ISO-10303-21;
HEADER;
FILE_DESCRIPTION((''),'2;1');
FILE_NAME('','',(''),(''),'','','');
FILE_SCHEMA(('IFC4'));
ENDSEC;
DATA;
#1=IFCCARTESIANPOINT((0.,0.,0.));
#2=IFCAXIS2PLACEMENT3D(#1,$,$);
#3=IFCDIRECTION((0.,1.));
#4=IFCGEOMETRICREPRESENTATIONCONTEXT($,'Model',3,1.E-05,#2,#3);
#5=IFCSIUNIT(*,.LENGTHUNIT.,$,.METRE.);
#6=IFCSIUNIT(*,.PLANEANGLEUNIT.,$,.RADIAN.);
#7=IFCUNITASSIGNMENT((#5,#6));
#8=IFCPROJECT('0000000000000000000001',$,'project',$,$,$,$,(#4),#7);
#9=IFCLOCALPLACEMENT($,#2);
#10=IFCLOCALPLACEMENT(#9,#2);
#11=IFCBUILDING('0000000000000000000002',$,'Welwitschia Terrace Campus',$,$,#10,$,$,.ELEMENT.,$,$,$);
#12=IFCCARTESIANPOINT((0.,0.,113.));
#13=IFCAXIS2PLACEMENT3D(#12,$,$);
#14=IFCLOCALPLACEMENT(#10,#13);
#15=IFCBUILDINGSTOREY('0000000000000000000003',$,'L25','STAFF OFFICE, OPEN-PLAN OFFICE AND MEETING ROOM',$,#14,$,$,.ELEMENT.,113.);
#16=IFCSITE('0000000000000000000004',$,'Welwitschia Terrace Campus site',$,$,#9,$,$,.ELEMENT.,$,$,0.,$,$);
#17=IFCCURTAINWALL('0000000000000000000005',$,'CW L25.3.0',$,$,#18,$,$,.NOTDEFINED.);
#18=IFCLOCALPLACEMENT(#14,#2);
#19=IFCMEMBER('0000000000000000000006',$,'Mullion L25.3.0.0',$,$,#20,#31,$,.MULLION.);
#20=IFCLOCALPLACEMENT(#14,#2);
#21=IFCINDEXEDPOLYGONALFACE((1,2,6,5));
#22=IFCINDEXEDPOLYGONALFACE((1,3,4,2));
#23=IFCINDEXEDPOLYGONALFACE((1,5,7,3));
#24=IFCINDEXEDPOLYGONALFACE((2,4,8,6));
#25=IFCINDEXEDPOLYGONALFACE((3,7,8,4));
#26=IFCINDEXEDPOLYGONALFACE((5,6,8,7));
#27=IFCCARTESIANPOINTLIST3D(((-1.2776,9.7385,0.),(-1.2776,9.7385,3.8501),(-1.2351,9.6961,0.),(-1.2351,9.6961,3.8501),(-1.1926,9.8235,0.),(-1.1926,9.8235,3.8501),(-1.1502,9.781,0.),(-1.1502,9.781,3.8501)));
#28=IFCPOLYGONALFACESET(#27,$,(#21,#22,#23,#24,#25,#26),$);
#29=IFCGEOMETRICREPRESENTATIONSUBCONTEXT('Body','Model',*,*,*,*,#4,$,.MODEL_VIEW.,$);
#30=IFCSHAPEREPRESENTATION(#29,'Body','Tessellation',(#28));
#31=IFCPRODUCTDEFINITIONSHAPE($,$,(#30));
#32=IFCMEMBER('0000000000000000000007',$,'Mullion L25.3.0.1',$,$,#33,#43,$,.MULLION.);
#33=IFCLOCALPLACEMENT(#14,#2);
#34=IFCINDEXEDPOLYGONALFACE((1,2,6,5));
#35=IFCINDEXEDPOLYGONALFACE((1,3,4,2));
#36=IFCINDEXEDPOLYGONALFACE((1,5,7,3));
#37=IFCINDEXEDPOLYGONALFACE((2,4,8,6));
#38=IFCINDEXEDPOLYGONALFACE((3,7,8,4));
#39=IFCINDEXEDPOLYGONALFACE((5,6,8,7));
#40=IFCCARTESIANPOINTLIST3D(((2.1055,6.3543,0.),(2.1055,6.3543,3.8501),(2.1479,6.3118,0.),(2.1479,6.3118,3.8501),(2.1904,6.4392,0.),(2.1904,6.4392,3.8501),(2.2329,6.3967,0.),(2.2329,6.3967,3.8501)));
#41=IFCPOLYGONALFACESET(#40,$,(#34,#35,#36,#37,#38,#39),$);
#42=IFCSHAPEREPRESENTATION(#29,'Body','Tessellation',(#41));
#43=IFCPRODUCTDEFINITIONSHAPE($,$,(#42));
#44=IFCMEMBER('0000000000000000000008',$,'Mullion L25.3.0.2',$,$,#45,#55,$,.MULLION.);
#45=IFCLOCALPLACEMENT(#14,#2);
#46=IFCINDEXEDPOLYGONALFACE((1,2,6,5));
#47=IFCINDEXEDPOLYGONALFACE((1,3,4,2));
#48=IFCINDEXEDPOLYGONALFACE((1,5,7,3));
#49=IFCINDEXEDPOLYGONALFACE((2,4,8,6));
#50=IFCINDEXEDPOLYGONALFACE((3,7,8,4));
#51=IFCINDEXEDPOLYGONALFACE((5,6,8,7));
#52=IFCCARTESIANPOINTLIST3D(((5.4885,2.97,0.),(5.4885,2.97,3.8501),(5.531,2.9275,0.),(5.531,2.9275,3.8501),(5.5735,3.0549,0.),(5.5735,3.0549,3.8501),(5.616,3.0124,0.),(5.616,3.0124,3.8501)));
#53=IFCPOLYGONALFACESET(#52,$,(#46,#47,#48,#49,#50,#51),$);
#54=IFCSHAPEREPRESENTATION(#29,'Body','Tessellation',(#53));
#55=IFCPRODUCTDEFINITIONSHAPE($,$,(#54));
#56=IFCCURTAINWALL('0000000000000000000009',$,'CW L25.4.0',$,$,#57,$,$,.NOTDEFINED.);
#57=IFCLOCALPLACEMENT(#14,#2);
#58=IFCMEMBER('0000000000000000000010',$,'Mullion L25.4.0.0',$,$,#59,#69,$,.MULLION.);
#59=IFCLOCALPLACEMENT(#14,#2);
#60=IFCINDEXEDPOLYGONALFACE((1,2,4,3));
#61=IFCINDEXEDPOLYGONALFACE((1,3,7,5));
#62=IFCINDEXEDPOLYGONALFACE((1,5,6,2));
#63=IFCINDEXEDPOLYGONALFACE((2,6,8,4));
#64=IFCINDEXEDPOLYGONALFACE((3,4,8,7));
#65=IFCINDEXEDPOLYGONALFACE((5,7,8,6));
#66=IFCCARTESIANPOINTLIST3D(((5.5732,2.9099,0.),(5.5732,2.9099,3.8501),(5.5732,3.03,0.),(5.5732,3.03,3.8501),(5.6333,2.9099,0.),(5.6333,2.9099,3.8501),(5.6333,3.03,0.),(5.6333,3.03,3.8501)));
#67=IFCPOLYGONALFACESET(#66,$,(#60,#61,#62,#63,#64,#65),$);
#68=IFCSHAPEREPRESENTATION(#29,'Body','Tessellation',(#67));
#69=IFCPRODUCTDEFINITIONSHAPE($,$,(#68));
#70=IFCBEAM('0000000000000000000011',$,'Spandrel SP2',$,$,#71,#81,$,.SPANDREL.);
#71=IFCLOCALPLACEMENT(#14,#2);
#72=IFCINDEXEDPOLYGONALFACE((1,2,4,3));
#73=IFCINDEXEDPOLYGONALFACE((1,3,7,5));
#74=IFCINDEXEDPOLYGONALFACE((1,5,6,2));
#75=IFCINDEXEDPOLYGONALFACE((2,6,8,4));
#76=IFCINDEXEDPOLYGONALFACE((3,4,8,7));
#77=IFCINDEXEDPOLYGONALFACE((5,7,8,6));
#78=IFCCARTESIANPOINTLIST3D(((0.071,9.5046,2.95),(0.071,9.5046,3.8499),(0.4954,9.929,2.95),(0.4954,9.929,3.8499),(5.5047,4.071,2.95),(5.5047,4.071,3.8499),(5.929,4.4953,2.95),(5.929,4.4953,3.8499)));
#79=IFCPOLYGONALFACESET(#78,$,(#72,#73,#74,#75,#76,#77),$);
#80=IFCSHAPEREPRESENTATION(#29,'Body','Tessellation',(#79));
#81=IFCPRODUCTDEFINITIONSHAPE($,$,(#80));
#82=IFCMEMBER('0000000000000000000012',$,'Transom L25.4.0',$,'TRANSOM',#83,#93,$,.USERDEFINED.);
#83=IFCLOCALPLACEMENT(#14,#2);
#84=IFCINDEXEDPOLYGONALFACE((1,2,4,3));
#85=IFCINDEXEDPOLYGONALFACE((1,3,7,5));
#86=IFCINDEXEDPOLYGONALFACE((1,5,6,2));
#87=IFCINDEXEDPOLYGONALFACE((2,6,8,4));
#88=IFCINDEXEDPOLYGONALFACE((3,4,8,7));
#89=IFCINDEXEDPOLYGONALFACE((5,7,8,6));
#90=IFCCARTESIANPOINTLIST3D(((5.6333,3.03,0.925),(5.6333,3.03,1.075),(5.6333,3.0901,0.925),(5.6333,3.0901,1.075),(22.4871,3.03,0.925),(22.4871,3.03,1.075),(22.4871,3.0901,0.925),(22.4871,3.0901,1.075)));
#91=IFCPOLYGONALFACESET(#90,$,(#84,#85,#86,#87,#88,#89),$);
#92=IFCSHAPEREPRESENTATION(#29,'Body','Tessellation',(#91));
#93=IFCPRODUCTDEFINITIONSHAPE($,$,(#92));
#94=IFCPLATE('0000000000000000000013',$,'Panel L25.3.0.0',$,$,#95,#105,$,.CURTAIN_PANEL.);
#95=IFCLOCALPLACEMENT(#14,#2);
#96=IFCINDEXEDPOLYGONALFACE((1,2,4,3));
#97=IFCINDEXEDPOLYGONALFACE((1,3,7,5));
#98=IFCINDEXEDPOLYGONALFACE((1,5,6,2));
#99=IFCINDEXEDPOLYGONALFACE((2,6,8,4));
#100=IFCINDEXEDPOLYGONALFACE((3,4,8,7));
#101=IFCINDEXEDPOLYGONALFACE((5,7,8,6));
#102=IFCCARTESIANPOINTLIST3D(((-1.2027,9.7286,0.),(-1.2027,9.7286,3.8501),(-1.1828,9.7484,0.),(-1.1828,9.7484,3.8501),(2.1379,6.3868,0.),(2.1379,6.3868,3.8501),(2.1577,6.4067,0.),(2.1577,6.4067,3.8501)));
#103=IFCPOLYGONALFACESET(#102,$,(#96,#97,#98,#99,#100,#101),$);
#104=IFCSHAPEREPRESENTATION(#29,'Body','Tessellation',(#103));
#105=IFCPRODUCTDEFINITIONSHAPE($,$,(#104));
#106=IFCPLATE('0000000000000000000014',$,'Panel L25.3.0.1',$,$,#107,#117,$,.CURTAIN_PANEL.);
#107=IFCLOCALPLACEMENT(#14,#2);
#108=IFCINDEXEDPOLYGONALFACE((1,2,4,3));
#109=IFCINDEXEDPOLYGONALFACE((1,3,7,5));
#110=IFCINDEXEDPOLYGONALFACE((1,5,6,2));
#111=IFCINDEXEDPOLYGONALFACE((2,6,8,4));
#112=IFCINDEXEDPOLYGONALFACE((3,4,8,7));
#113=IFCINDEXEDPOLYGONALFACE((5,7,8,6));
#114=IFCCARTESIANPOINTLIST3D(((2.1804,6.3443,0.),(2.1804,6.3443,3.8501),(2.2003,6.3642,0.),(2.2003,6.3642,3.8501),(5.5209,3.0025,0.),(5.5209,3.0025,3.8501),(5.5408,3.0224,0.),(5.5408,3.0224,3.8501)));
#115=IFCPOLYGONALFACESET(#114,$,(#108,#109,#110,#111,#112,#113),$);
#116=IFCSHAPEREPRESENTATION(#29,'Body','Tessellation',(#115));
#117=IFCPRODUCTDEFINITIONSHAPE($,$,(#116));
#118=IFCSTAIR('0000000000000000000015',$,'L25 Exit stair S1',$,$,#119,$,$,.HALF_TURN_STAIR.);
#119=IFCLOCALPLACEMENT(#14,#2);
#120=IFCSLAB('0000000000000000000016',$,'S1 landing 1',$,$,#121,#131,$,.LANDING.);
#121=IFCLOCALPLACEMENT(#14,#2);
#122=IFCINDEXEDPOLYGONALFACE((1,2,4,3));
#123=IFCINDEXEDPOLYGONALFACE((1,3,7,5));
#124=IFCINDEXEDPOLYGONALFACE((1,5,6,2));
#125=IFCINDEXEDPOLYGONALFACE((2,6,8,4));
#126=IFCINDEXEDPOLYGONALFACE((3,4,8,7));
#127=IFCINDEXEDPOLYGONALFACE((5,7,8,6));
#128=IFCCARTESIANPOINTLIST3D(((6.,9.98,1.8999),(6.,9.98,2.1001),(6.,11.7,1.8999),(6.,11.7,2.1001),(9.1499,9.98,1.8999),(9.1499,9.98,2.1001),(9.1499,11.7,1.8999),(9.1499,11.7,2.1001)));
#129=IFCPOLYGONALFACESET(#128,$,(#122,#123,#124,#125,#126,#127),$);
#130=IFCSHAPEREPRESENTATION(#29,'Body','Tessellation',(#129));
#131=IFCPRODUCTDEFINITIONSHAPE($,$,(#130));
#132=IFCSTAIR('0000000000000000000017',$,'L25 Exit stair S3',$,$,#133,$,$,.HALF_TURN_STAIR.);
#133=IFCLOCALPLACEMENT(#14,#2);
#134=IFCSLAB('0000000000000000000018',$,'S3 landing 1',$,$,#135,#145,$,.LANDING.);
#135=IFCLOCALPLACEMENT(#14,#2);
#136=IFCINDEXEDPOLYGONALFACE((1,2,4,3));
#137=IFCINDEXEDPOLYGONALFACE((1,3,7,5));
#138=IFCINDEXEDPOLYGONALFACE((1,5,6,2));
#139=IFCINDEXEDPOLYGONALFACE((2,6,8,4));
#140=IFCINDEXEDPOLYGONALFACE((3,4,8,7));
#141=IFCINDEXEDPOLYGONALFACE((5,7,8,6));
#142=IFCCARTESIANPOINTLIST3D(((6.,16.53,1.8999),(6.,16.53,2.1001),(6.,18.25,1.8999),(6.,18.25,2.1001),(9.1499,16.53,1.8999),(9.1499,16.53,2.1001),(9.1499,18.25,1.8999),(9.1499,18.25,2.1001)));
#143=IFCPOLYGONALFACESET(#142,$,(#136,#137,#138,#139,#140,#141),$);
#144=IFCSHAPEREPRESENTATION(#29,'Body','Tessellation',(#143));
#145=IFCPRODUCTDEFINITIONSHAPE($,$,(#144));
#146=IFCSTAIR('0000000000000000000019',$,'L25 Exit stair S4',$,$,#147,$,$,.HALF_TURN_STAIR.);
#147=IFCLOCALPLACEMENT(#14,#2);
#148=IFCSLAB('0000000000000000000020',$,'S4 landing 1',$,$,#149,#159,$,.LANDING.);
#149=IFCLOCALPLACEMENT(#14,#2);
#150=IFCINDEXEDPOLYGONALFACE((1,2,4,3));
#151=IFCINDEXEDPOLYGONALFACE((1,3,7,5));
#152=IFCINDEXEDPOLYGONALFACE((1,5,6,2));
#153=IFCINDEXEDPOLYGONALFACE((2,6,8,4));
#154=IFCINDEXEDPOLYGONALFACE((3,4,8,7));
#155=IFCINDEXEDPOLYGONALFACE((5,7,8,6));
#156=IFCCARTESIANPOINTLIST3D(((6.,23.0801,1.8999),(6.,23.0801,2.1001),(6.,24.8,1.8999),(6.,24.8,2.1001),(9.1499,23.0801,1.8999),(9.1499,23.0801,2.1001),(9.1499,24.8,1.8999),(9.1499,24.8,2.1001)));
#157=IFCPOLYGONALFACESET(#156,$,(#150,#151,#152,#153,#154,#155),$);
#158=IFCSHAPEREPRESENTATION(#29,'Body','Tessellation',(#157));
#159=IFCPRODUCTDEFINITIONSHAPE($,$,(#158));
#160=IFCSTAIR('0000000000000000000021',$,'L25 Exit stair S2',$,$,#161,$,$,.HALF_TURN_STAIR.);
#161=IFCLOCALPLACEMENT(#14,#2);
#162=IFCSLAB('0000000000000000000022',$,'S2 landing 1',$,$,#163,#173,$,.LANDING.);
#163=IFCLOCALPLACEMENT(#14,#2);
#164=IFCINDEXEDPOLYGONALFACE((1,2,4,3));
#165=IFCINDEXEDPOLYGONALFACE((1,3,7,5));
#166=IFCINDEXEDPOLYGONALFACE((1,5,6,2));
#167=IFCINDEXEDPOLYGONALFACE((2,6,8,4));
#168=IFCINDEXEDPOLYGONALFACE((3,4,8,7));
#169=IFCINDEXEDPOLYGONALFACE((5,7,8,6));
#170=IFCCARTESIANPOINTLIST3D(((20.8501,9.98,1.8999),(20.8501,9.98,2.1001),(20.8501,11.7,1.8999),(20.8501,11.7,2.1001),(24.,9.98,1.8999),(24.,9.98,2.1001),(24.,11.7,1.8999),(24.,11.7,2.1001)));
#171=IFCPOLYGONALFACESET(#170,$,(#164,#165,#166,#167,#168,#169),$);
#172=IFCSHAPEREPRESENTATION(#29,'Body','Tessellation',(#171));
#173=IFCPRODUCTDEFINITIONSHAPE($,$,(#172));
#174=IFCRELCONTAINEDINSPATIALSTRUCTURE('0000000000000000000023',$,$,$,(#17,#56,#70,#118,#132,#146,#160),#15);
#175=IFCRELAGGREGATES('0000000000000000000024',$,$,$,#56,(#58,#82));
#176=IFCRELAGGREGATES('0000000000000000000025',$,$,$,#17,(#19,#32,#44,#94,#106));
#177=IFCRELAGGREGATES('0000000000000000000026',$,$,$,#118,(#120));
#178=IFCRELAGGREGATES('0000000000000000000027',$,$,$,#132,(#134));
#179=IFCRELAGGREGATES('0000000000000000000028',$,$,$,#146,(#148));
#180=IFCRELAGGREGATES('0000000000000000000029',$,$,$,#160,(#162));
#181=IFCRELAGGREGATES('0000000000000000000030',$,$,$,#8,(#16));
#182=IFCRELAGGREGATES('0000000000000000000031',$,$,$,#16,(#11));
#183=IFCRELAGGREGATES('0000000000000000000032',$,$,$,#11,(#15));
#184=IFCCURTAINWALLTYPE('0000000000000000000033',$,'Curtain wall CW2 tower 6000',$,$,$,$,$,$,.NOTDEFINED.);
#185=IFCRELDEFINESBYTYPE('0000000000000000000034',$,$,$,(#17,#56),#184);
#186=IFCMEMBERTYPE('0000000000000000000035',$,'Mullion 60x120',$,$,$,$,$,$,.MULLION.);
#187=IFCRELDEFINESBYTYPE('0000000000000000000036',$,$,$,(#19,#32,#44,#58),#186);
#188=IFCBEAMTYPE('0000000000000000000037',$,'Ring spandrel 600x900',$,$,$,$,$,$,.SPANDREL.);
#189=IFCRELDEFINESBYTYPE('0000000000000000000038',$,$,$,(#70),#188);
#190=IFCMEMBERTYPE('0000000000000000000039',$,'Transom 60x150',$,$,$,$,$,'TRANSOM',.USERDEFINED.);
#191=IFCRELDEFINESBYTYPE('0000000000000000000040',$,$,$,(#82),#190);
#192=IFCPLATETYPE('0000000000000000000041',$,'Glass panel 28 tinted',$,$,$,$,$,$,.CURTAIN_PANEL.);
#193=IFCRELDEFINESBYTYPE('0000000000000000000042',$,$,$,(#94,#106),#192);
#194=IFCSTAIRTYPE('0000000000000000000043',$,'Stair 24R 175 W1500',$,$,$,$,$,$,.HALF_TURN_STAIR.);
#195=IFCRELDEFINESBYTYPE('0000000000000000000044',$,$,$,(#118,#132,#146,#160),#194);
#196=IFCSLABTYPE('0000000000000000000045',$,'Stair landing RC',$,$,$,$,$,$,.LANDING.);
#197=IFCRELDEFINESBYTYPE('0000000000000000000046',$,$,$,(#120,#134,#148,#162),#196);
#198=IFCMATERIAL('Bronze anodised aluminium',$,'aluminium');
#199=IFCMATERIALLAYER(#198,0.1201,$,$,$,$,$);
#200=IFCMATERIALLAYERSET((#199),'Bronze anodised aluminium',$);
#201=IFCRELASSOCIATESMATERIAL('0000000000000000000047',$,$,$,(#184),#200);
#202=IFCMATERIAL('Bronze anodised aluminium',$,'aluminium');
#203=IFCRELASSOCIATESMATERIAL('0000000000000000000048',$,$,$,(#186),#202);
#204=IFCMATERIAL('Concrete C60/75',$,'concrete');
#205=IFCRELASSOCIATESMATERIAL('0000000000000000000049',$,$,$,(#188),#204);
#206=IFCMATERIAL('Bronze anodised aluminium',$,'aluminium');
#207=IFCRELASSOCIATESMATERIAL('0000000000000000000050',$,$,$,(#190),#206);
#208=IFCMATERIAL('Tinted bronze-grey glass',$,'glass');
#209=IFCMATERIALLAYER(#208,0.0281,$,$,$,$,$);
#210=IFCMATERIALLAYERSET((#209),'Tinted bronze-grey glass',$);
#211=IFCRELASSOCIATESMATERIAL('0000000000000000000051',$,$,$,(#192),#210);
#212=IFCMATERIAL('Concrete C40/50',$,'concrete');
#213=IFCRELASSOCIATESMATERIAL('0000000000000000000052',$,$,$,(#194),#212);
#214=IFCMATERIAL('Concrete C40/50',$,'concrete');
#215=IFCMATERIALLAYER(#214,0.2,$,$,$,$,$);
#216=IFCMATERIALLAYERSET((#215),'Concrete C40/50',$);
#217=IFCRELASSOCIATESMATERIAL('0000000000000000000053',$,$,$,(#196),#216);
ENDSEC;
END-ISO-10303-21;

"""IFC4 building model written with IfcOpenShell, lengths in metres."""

from ifc_helpers import new_model, si_unit, direction, frame, origin, origin_2d, place, context, subcontext, project, spatial, polyline, rectangle, outline, extrude, material, layer, layer_set, material_profile, profile_set, type_object, element, aggregate, save


model = new_model("IFC4")

# Units and contexts
model_context = context("Model", 3, precision=1e-05, world=origin(), true_north=direction((0.0, 1.0)))
body_context = subcontext(model_context, "Body", "Model", "MODEL_VIEW")
ifc_project = project(units=[si_unit("LENGTHUNIT", "METRE"), si_unit("PLANEANGLEUNIT", "RADIAN")], contexts=[model_context])

# Site, building, storey
site_placement = place(None, origin())
site = spatial("IfcSite", under=ifc_project, at=site_placement, Name="Welwitschia Terrace Campus site", CompositionType="ELEMENT", RefElevation=0.0)
building_placement = place(site_placement, origin())
building = spatial("IfcBuilding", under=site, at=building_placement, Name="Welwitschia Terrace Campus", CompositionType="ELEMENT")
storey_placement = place(building_placement, frame((0.0, 0.0, 113.0)))
storey = spatial("IfcBuildingStorey", under=building, at=storey_placement, Name="L25", Description="STAFF OFFICE, OPEN-PLAN OFFICE AND MEETING ROOM", CompositionType="ELEMENT", Elevation=113.0)

# Curtain wall, members
ifc_material_1 = material(Name="Bronze anodised aluminium", Category="aluminium")
ifc_layer_1 = layer(ifc_material_1, 0.1201)
ifc_layer_set_1 = layer_set([ifc_layer_1], Name="Bronze anodised aluminium")
curtain_wall_type = type_object("IfcCurtainWallType", Name="Curtain wall CW2 tower 6000", PredefinedType="NOTDEFINED", material=ifc_layer_set_1)
curtain_wall_1_placement = place(storey_placement, origin())
curtain_wall_1 = element("IfcCurtainWall", 1, at=curtain_wall_1_placement, inside=storey, type_object=curtain_wall_type, Name="CW L25.3.0", PredefinedType="NOTDEFINED")
ifc_material_2 = material(Name="Bronze anodised aluminium", Category="aluminium")
ifc_material_profile_1 = material_profile(ifc_material_2, rectangle(XDim=0.1201, YDim=0.0601, at=origin_2d()))
ifc_profile_set_1 = profile_set([ifc_material_profile_1], Name="Bronze anodised aluminium")
member_type_1 = type_object("IfcMemberType", Name="Mullion 60x120", PredefinedType="MULLION", material=ifc_profile_set_1)
member_1_placement = place(storey_placement, frame((-1.2139, 9.7598, 0.0), z_axis=(0.0, 0.0, 1.0), x_axis=(0.707239, 0.706975, 0.0)))
member_1 = element("IfcMember", 2, at=member_1_placement, type_object=member_type_1, Name="Mullion L25.3.0.0", PredefinedType="MULLION", context=body_context, shape_type="SweptSolid", body=[
    extrude(rectangle(XDim=0.1201, YDim=0.0601, at=origin_2d()), origin(), (0.0, 0.0, 1.0), 3.8501),
])
member_2_placement = place(storey_placement, frame((2.1692, 6.3755, 0.0), z_axis=(0.0, 0.0, 1.0), x_axis=(0.707239, 0.706975, 0.0)))
member_2 = element("IfcMember", 3, at=member_2_placement, type_object=member_type_1, Name="Mullion L25.3.0.1", PredefinedType="MULLION", context=body_context, shape_type="SweptSolid", body=[
    extrude(rectangle(XDim=0.1201, YDim=0.0601, at=origin_2d()), origin(), (0.0, 0.0, 1.0), 3.8501),
])
member_3_placement = place(storey_placement, frame((5.5522, 2.9912, 0.0), z_axis=(0.0, 0.0, 1.0), x_axis=(0.707239, 0.706975, 0.0)))
member_3 = element("IfcMember", 4, at=member_3_placement, type_object=member_type_1, Name="Mullion L25.3.0.2", PredefinedType="MULLION", context=body_context, shape_type="SweptSolid", body=[
    extrude(rectangle(XDim=0.1201, YDim=0.0601, at=origin_2d()), origin(), (0.0, 0.0, 1.0), 3.8501),
])

# Curtain wall, member
curtain_wall_2_placement = place(storey_placement, origin())
curtain_wall_2 = element("IfcCurtainWall", 5, at=curtain_wall_2_placement, inside=storey, type_object=curtain_wall_type, Name="CW L25.4.0", PredefinedType="NOTDEFINED")
member_4_placement = place(storey_placement, frame((5.6033, 2.97, 0.0), z_axis=(0.0, 0.0, 1.0), x_axis=(0.0, 1.0, 0.0)))
member_4 = element("IfcMember", 6, at=member_4_placement, type_object=member_type_1, Name="Mullion L25.4.0.0", PredefinedType="MULLION", context=body_context, shape_type="SweptSolid", body=[
    extrude(rectangle(XDim=0.1201, YDim=0.0601, at=origin_2d()), origin(), (0.0, 0.0, 1.0), 3.8501),
])

# Beam
ifc_material_3 = material(Name="Concrete C60/75", Category="concrete")
ifc_material_profile_2 = material_profile(ifc_material_3, rectangle(XDim=0.6001, YDim=0.8999, at=origin_2d()))
ifc_profile_set_2 = profile_set([ifc_material_profile_2], Name="Concrete C60/75")
beam_type = type_object("IfcBeamType", Name="Ring spandrel 600x900", PredefinedType="SPANDREL", material=ifc_profile_set_2)
beam_placement = place(storey_placement, frame((0.2832, 9.7168, 3.3999), z_axis=(0.707107, -0.707107, 0.0), x_axis=(0.707107, 0.707107, 0.0)))
element("IfcBeam", 7, at=beam_placement, inside=storey, type_object=beam_type, Name="Spandrel SP2", PredefinedType="SPANDREL", context=body_context, shape_type="SweptSolid", body=[
    extrude(rectangle(XDim=0.6001, YDim=0.8999, at=origin_2d()), origin(), (0.0, 0.0, 1.0), 7.6843),
])

# Member
ifc_material_4 = material(Name="Bronze anodised aluminium", Category="aluminium")
ifc_material_profile_3 = material_profile(ifc_material_4, rectangle(XDim=0.0601, YDim=0.1499, at=origin_2d()))
ifc_profile_set_3 = profile_set([ifc_material_profile_3], Name="Bronze anodised aluminium")
member_type_2 = type_object("IfcMemberType", Name="Transom 60x150", ElementType="TRANSOM", PredefinedType="USERDEFINED", material=ifc_profile_set_3)
member_5_placement = place(storey_placement, frame((5.6333, 3.0601, 1.0), z_axis=(1.0, 0.0, 0.0), x_axis=(0.0, 1.0, 0.0)))
member_5 = element("IfcMember", 8, at=member_5_placement, type_object=member_type_2, Name="Transom L25.4.0", ObjectType="TRANSOM", PredefinedType="USERDEFINED", context=body_context, shape_type="SweptSolid", body=[
    extrude(rectangle(XDim=0.0601, YDim=0.1499, at=origin_2d()), origin(), (0.0, 0.0, 1.0), 16.8538),
])
aggregate(curtain_wall_2, [member_4, member_5])

# Plates
ifc_material_5 = material(Name="Tinted bronze-grey glass", Category="glass")
ifc_layer_2 = layer(ifc_material_5, 0.0281)
ifc_layer_set_2 = layer_set([ifc_layer_2], Name="Tinted bronze-grey glass")
plate_type = type_object("IfcPlateType", Name="Glass panel 28 tinted", PredefinedType="CURTAIN_PANEL", material=ifc_layer_set_2)
plate_1_placement = place(storey_placement, frame((0.4775, 8.0676, 0.0), z_axis=(0.0, 0.0, 1.0), x_axis=(0.706975, -0.707239, 0.0)))
plate_1 = element("IfcPlate", 9, at=plate_1_placement, type_object=plate_type, Name="Panel L25.3.0.0", PredefinedType="CURTAIN_PANEL", context=body_context, shape_type="SweptSolid", body=[
    extrude(rectangle(XDim=4.7251, YDim=0.0281, at=origin_2d()), origin(), (0.0, 0.0, 1.0), 3.8501),
])
plate_2_placement = place(storey_placement, frame((3.8606, 4.6833, 0.0), z_axis=(0.0, 0.0, 1.0), x_axis=(0.706975, -0.707239, 0.0)))
plate_2 = element("IfcPlate", 10, at=plate_2_placement, type_object=plate_type, Name="Panel L25.3.0.1", PredefinedType="CURTAIN_PANEL", context=body_context, shape_type="SweptSolid", body=[
    extrude(rectangle(XDim=4.7251, YDim=0.0281, at=origin_2d()), origin(), (0.0, 0.0, 1.0), 3.8501),
])
aggregate(curtain_wall_1, [member_1, member_2, member_3, plate_1, plate_2])

# Stairs, slabs
ifc_material_6 = material(Name="Concrete C40/50", Category="concrete")
stair_type = type_object("IfcStairType", Name="Stair 24R 175 W1500", PredefinedType="HALF_TURN_STAIR", material=ifc_material_6)
stair_1_placement = place(storey_placement, origin())
stair_1 = element("IfcStair", 11, at=stair_1_placement, inside=storey, type_object=stair_type, Name="L25 Exit stair S1", PredefinedType="HALF_TURN_STAIR")
ifc_material_7 = material(Name="Concrete C40/50", Category="concrete")
ifc_layer_3 = layer(ifc_material_7, 0.2)
ifc_layer_set_3 = layer_set([ifc_layer_3], Name="Concrete C40/50")
slab_type_1 = type_object("IfcSlabType", Name="Stair landing RC", PredefinedType="LANDING", material=ifc_layer_set_3)
slab_1_placement = place(storey_placement, frame((0.0, 0.0, 1.8999)))
slab_1 = element("IfcSlab", 12, at=slab_1_placement, type_object=slab_type_1, Name="S1 landing 1", PredefinedType="LANDING", context=body_context, shape_type="SweptSolid", body=[
    extrude(outline(polyline([(9.1499, 9.98), (9.1499, 11.7), (6.0, 11.7), (6.0, 9.98), (9.1499, 9.98)])), origin(), (0.0, 0.0, 1.0), 0.2002),
])
aggregate(stair_1, [slab_1])
stair_2_placement = place(storey_placement, origin())
stair_2 = element("IfcStair", 13, at=stair_2_placement, inside=storey, type_object=stair_type, Name="L25 Exit stair S3", PredefinedType="HALF_TURN_STAIR")
slab_2_placement = place(storey_placement, frame((0.0, 0.0, 1.8999)))
slab_2 = element("IfcSlab", 14, at=slab_2_placement, type_object=slab_type_1, Name="S3 landing 1", PredefinedType="LANDING", context=body_context, shape_type="SweptSolid", body=[
    extrude(outline(polyline([(9.1499, 16.53), (9.1499, 18.25), (6.0, 18.25), (6.0, 16.53), (9.1499, 16.53)])), origin(), (0.0, 0.0, 1.0), 0.2002),
])
aggregate(stair_2, [slab_2])
stair_3_placement = place(storey_placement, origin())
stair_3 = element("IfcStair", 15, at=stair_3_placement, inside=storey, type_object=stair_type, Name="L25 Exit stair S4", PredefinedType="HALF_TURN_STAIR")
slab_3_placement = place(storey_placement, frame((0.0, 0.0, 1.8999)))
slab_3 = element("IfcSlab", 16, at=slab_3_placement, type_object=slab_type_1, Name="S4 landing 1", PredefinedType="LANDING", context=body_context, shape_type="SweptSolid", body=[
    extrude(outline(polyline([(9.1499, 23.0801), (9.1499, 24.8), (6.0, 24.8), (6.0, 23.0801), (9.1499, 23.0801)])), origin(), (0.0, 0.0, 1.0), 0.2002),
])
aggregate(stair_3, [slab_3])
stair_4_placement = place(storey_placement, origin())
stair_4 = element("IfcStair", 17, at=stair_4_placement, inside=storey, type_object=stair_type, Name="L25 Exit stair S2", PredefinedType="HALF_TURN_STAIR")
slab_4_placement = place(storey_placement, frame((0.0, 0.0, 1.8999)))
slab_4 = element("IfcSlab", 18, at=slab_4_placement, type_object=slab_type_1, Name="S2 landing 1", PredefinedType="LANDING", context=body_context, shape_type="SweptSolid", body=[
    extrude(outline(polyline([(24.0, 9.98), (24.0, 11.7), (20.8501, 11.7), (20.8501, 9.98), (24.0, 9.98)])), origin(), (0.0, 0.0, 1.0), 0.2002),
])
aggregate(stair_4, [slab_4])

save(model, "model.ifc")
